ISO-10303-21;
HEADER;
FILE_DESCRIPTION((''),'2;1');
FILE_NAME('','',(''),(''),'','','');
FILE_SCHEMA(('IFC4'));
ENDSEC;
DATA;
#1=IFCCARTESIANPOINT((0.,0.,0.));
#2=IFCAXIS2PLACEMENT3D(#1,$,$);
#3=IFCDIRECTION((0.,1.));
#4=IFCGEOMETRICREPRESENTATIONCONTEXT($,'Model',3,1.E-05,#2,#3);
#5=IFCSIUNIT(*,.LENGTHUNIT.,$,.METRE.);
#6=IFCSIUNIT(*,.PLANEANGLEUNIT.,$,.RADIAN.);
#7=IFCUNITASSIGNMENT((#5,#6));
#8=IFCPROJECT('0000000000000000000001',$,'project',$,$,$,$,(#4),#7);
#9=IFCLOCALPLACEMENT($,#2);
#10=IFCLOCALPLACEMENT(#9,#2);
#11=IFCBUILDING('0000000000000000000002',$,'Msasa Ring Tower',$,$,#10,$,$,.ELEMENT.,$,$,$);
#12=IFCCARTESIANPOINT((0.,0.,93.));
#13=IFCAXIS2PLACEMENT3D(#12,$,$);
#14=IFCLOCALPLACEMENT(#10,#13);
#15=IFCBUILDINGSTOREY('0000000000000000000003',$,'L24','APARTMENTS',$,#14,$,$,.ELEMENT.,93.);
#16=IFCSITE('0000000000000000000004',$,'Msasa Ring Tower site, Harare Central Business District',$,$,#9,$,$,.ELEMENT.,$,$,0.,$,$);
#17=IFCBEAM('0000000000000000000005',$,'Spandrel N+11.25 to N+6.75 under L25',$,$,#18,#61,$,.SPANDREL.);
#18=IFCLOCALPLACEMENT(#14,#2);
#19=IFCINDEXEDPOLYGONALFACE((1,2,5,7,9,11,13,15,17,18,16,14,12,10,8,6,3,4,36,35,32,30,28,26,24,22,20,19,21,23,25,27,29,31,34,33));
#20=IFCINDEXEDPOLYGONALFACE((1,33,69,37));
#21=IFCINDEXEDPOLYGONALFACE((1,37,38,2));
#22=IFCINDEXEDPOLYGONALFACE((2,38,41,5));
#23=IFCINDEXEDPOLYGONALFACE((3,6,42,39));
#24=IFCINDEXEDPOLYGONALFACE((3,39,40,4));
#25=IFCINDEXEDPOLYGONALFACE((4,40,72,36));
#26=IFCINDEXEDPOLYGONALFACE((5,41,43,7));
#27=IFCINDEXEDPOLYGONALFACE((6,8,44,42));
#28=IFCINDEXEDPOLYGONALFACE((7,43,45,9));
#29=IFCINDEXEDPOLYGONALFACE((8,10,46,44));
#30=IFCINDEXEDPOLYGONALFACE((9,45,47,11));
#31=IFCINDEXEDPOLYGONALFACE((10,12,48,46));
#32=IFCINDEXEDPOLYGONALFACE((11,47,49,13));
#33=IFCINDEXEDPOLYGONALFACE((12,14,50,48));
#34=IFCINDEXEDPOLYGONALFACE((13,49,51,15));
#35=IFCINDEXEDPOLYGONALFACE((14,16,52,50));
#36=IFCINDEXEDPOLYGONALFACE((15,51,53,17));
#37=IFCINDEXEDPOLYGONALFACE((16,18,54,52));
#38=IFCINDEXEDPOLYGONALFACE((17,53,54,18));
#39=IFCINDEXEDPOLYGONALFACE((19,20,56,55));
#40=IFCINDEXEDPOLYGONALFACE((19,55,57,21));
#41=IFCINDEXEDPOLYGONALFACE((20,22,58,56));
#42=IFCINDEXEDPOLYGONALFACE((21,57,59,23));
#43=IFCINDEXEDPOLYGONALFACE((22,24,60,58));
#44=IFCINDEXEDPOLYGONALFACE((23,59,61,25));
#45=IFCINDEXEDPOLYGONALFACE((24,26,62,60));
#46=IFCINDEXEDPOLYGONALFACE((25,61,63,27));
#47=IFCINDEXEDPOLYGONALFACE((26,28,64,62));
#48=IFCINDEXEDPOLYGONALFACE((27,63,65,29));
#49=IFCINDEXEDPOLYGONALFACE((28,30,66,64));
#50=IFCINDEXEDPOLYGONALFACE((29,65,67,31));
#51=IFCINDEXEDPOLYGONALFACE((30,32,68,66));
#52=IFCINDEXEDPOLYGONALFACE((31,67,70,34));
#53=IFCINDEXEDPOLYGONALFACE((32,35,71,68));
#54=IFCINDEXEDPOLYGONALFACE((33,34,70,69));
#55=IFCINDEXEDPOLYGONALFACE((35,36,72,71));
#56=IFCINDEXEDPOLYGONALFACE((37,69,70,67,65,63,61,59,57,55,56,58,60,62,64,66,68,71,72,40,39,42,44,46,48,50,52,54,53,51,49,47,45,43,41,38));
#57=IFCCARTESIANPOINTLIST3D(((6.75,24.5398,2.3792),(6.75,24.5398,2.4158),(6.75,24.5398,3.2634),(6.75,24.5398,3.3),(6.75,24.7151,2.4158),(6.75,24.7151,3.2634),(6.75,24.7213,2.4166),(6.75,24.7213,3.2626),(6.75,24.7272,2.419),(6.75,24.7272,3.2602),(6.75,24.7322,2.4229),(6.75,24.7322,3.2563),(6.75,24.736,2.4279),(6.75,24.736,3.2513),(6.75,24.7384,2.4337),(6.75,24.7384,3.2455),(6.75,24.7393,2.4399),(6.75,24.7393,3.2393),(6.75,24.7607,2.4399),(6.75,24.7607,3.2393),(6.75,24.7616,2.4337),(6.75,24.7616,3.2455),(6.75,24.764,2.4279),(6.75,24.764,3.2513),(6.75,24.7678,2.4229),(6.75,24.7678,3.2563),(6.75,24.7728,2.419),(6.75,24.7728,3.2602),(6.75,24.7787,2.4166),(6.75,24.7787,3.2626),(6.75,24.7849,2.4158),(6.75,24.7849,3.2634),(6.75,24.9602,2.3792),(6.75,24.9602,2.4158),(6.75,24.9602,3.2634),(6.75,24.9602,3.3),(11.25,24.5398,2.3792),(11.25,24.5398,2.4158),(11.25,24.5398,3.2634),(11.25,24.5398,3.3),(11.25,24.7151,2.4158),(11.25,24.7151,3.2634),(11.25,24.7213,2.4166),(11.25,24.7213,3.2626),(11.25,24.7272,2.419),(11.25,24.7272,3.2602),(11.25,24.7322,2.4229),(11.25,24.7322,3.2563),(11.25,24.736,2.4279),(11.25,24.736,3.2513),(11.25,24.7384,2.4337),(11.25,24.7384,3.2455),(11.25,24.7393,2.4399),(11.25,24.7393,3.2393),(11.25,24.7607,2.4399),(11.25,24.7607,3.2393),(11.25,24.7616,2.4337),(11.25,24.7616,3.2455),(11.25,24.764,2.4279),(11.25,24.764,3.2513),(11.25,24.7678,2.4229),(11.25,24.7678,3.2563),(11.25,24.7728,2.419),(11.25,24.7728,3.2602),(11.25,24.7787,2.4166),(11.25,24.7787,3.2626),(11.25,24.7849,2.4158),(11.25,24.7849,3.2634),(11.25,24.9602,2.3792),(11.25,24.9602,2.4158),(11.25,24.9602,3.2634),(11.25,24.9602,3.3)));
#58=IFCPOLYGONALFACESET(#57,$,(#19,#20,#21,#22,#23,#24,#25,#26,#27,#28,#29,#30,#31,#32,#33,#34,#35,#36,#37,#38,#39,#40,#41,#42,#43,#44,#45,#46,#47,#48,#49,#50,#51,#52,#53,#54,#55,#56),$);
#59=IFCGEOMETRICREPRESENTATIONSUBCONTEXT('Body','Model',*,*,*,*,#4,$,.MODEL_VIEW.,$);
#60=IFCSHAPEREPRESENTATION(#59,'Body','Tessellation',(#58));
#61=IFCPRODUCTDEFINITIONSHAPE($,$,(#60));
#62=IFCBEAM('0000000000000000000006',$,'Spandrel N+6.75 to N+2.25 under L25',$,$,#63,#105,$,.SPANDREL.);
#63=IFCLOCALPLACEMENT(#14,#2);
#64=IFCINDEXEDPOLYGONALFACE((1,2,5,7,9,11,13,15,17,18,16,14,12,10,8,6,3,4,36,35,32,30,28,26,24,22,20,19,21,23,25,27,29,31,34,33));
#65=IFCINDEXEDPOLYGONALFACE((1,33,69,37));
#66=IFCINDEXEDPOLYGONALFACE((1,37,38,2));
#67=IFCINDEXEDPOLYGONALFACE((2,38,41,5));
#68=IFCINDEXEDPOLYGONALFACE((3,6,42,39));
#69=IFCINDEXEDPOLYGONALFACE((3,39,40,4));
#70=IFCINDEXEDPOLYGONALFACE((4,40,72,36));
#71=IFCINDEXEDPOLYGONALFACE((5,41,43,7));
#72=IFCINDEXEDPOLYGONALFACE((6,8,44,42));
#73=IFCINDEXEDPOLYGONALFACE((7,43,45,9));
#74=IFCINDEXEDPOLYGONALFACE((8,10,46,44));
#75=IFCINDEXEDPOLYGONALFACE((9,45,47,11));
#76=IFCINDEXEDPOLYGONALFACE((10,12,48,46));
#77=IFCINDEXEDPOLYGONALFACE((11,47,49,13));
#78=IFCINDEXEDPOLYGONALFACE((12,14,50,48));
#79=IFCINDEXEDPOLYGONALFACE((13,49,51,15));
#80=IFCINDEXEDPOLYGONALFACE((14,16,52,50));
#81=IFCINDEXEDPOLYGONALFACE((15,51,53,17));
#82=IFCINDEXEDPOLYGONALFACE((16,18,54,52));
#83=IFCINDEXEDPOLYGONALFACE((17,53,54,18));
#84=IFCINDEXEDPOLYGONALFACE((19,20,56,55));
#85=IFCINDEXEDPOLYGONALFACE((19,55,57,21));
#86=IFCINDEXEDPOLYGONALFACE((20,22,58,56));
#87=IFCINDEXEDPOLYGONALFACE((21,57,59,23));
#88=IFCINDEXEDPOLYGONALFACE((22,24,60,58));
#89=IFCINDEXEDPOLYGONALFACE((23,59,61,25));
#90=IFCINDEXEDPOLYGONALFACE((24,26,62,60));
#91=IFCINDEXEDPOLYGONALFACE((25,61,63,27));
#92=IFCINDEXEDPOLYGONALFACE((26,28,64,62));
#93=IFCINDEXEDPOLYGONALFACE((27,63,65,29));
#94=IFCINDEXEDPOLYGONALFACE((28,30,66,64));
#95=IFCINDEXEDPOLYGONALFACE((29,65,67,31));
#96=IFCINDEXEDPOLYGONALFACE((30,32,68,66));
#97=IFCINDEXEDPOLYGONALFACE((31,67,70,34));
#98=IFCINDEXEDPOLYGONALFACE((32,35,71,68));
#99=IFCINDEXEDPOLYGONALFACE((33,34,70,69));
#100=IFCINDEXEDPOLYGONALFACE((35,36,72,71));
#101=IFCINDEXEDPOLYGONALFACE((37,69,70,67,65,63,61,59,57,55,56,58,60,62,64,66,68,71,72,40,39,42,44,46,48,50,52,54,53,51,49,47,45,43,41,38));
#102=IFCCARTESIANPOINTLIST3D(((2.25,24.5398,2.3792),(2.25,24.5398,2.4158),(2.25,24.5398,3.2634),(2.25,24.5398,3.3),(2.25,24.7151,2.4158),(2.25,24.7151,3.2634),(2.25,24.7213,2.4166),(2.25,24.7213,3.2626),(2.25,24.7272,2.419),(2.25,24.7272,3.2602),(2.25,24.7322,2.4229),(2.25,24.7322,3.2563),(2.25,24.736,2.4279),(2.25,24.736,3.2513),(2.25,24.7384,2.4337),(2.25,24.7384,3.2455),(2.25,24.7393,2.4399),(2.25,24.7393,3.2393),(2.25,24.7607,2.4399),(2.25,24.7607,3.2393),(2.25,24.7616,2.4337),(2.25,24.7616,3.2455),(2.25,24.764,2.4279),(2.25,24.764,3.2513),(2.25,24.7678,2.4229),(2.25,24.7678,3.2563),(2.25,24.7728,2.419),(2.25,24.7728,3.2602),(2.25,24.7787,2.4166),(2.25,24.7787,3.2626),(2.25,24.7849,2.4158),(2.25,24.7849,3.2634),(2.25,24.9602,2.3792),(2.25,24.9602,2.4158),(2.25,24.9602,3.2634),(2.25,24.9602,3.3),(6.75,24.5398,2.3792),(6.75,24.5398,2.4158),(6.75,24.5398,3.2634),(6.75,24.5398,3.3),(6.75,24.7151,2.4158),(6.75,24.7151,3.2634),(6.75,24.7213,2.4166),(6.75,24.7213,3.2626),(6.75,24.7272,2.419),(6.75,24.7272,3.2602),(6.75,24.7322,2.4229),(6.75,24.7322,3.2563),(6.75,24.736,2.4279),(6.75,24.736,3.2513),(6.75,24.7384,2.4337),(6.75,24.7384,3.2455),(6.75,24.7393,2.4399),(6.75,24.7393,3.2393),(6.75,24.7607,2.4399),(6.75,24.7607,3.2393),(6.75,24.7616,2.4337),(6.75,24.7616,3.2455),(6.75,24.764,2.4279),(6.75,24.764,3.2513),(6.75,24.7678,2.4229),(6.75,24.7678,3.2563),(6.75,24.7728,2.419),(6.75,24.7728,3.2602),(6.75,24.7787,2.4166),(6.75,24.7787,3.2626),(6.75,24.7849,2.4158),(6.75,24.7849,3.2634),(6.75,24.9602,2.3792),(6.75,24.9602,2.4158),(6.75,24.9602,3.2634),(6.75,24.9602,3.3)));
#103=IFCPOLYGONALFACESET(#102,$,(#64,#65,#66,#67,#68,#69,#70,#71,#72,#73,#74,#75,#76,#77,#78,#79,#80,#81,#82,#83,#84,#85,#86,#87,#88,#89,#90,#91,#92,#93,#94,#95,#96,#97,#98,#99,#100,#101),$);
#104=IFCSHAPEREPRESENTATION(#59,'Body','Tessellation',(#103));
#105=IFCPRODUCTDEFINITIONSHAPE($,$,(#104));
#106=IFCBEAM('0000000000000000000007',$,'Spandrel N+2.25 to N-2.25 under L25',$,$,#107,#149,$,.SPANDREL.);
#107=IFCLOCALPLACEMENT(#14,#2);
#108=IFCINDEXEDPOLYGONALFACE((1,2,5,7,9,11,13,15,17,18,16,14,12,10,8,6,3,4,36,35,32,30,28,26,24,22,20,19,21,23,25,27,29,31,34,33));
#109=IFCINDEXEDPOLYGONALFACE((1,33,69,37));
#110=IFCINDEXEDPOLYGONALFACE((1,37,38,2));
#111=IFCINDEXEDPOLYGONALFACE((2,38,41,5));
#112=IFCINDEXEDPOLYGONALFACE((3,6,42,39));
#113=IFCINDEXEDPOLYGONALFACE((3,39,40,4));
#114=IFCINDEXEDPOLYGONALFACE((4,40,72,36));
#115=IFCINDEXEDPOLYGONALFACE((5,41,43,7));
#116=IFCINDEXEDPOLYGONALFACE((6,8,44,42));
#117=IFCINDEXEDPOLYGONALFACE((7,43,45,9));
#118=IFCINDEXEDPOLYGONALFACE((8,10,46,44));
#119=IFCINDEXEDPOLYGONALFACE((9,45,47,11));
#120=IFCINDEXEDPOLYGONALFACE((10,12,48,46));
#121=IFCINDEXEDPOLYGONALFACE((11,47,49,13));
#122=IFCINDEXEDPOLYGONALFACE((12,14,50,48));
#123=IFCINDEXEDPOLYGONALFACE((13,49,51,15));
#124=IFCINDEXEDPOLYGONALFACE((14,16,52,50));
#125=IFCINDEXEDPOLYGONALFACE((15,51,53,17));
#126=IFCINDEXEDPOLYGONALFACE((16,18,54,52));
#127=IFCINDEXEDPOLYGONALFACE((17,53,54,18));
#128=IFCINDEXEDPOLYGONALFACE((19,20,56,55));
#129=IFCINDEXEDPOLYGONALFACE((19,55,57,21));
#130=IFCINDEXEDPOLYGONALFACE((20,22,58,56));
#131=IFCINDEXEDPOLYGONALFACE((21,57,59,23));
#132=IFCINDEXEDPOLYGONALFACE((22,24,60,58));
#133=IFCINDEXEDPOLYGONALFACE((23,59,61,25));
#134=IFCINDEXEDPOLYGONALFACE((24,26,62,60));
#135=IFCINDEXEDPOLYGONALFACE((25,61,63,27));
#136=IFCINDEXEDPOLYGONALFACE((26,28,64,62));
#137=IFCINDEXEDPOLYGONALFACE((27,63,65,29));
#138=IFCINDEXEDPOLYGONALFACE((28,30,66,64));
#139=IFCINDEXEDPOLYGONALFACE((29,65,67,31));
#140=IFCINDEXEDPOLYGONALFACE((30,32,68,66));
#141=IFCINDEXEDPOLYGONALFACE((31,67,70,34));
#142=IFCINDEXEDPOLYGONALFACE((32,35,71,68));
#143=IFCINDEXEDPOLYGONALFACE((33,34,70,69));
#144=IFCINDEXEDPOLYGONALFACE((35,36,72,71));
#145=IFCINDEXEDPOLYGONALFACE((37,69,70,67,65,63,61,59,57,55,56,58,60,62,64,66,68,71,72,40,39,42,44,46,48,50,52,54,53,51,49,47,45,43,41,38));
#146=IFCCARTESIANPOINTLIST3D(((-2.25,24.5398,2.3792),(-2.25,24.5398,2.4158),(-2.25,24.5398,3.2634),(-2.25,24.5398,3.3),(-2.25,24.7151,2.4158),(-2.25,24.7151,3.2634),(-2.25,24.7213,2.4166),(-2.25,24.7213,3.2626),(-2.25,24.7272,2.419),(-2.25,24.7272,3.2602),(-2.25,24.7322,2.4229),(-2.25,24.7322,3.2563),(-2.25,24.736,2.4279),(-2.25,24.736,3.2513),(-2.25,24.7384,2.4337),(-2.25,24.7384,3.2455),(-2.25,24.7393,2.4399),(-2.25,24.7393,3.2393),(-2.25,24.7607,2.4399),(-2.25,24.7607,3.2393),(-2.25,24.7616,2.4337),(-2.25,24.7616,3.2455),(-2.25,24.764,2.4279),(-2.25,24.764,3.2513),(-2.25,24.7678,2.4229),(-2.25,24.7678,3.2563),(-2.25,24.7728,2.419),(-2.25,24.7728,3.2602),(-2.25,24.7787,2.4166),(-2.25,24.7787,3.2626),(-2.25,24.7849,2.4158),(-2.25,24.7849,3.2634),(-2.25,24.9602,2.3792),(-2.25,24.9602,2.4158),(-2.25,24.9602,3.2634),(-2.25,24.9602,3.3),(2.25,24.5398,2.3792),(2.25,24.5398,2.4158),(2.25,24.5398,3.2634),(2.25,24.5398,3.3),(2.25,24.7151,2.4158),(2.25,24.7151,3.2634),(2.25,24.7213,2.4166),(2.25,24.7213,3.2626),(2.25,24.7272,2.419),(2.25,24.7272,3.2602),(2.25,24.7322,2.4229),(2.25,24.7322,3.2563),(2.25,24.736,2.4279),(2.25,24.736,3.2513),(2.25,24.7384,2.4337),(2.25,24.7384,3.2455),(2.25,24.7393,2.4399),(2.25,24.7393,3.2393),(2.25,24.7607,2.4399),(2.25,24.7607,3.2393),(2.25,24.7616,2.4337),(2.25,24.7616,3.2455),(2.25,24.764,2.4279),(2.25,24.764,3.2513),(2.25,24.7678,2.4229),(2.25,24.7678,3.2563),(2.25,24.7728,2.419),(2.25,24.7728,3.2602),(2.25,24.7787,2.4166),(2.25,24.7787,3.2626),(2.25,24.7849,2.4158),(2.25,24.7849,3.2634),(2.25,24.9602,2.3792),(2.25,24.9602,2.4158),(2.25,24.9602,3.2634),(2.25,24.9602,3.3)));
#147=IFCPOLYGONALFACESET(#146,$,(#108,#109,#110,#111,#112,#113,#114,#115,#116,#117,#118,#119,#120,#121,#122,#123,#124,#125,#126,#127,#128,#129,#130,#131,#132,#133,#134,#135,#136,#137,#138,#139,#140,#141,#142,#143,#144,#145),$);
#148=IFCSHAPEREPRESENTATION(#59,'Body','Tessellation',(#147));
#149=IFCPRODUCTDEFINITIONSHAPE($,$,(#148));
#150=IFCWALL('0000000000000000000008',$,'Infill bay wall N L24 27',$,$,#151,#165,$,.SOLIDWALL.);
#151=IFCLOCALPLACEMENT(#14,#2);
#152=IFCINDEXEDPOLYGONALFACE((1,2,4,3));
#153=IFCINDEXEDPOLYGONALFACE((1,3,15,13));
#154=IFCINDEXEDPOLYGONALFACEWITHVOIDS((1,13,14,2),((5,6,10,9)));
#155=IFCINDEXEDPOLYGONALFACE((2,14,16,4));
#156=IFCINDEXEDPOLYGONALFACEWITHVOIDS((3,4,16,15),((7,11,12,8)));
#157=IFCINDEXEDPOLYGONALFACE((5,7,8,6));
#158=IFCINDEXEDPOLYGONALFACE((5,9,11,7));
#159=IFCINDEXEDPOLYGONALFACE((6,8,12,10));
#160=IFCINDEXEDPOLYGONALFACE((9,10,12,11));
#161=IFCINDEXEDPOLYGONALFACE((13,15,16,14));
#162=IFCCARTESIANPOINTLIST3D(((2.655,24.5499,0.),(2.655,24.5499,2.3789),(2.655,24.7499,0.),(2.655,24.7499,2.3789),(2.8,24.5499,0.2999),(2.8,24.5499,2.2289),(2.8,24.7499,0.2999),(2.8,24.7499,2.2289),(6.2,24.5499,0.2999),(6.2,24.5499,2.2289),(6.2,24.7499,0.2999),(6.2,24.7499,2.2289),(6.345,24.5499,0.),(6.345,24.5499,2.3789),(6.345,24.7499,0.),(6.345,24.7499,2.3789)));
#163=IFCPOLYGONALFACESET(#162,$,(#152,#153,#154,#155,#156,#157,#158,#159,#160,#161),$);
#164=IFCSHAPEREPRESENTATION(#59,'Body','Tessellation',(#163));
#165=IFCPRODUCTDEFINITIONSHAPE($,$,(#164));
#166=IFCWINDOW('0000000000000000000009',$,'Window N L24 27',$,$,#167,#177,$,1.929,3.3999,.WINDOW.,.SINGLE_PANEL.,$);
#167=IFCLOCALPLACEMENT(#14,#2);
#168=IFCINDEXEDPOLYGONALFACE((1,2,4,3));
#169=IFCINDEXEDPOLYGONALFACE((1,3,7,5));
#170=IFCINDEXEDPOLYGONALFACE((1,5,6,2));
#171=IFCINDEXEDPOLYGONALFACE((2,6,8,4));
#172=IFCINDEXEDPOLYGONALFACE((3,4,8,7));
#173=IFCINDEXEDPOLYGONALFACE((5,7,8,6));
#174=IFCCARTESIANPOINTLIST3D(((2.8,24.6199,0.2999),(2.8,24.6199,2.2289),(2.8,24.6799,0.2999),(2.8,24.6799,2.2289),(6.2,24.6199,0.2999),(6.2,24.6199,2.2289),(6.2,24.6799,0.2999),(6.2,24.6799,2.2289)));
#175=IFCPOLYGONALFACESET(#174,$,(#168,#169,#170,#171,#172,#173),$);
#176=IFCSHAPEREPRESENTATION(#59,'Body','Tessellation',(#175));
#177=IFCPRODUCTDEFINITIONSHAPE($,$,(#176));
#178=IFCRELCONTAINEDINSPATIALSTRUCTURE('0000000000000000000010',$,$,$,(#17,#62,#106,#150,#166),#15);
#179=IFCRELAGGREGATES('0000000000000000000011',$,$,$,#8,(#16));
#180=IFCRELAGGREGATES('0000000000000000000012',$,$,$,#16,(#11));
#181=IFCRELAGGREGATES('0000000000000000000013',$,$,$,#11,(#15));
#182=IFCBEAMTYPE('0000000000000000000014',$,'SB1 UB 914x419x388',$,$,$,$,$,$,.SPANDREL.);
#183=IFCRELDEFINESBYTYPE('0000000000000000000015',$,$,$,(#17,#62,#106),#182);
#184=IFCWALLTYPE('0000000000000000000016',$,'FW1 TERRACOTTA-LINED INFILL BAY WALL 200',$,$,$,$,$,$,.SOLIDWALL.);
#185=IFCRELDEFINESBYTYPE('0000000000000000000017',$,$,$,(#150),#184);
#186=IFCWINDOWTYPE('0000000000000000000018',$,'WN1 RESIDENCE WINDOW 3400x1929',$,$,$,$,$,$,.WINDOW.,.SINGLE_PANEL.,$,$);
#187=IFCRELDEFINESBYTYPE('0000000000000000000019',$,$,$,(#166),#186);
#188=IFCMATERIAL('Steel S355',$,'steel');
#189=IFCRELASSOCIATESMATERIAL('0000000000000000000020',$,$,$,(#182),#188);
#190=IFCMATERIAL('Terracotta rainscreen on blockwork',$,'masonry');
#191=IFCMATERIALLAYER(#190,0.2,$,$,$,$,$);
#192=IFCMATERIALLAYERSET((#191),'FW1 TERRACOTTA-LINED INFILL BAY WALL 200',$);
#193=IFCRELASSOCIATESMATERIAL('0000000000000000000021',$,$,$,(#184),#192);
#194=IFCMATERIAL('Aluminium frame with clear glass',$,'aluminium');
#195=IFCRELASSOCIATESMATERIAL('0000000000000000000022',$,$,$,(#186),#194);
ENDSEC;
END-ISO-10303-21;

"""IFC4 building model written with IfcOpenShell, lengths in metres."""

from ifc_helpers import new_model, si_unit, direction, frame, frame_2d, origin, origin_2d, place, context, subcontext, project, spatial, rectangle, i_section, extrude, material, layer, layer_set, material_profile, profile_set, type_object, element, fill, save


model = new_model("IFC4")

# Units and contexts
model_context = context("Model", 3, precision=1e-05, world=origin(), true_north=direction((0.0, 1.0)))
body_context = subcontext(model_context, "Body", "Model", "MODEL_VIEW")
ifc_project = project(units=[si_unit("LENGTHUNIT", "METRE"), si_unit("PLANEANGLEUNIT", "RADIAN")], contexts=[model_context])

# Site, building, storey
site_placement = place(None, origin())
site = spatial("IfcSite", under=ifc_project, at=site_placement, Name="Msasa Ring Tower site, Harare Central Business District", CompositionType="ELEMENT", RefElevation=0.0)
building_placement = place(site_placement, origin())
building = spatial("IfcBuilding", under=site, at=building_placement, Name="Msasa Ring Tower", CompositionType="ELEMENT")
storey_placement = place(building_placement, frame((0.0, 0.0, 93.0)))
storey = spatial("IfcBuildingStorey", under=building, at=storey_placement, Name="L24", Description="APARTMENTS", CompositionType="ELEMENT", Elevation=93.0)

# Beams
ifc_material_1 = material(Name="Steel S355", Category="steel")
ifc_material_profile_1 = material_profile(ifc_material_1, i_section(OverallWidth=0.4204, OverallDepth=0.9209, WebThickness=0.0215, FlangeThickness=0.0366, FilletRadius=0.0242, at=origin_2d()), Name="UB 914x419x388")
ifc_profile_set_1 = profile_set([ifc_material_profile_1], Name="Steel S355")
beam_type_1 = type_object("IfcBeamType", Name="SB1 UB 914x419x388", PredefinedType="SPANDREL", material=ifc_profile_set_1)
for number, where, z_axis, x_axis, name in (
    (1, (11.25, 24.75, 2.8396), (-1.0, 0.0, 0.0), (0.0, -1.0, 0.0), "Spandrel N+11.25 to N+6.75 under L25"),
    (2, (6.75, 24.75, 2.8396), (-1.0, 0.0, 0.0), (0.0, -1.0, 0.0), "Spandrel N+6.75 to N+2.25 under L25"),
    (3, (2.25, 24.75, 2.8396), (-1.0, 0.0, 0.0), (0.0, -1.0, 0.0), "Spandrel N+2.25 to N-2.25 under L25"),
):
    element("IfcBeam", number, at=place(storey_placement, frame(where, z_axis=z_axis, x_axis=x_axis)), inside=storey, type_object=beam_type_1, Name=name, PredefinedType="SPANDREL", context=body_context, shape_type="SweptSolid", body=[
        extrude(i_section(OverallWidth=0.4204, OverallDepth=0.9209, WebThickness=0.0215, FlangeThickness=0.0366, FilletRadius=0.0242, at=origin_2d()), origin(), (0.0, 0.0, 1.0), 4.5),
    ])

# Wall, opening, window
ifc_material_2 = material(Name="Terracotta rainscreen on blockwork", Category="masonry")
ifc_layer_1 = layer(ifc_material_2, 0.2)
ifc_layer_set_1 = layer_set([ifc_layer_1], Name="FW1 TERRACOTTA-LINED INFILL BAY WALL 200")
wall_type_1 = type_object("IfcWallType", Name="FW1 TERRACOTTA-LINED INFILL BAY WALL 200", PredefinedType="SOLIDWALL", material=ifc_layer_set_1)
wall_1_placement = place(storey_placement, frame((2.655, 24.6499, 0.0), z_axis=(0.0, 0.0, 1.0), x_axis=(1.0, 0.0, 0.0)))
wall_1 = element("IfcWall", 4, at=wall_1_placement, inside=storey, type_object=wall_type_1, Name="Infill bay wall N L24 27", PredefinedType="SOLIDWALL", context=body_context, shape_type="SweptSolid", body=[
    extrude(rectangle(XDim=3.6899, YDim=0.2, at=frame_2d((1.845, 0.0))), origin(), (0.0, 0.0, 1.0), 2.3789),
])
opening_1_placement = place(wall_1_placement, frame((0.145, 0.0, 0.3)))
opening_1 = element("IfcOpeningElement", 5, at=opening_1_placement, cuts=wall_1, PredefinedType="OPENING", context=body_context, shape_type="SweptSolid", body=[
    extrude(rectangle(XDim=3.3999, YDim=1.929, at=frame_2d((1.7, 0.9644))), frame((0.0, 0.1099, 0.0), z_axis=(0.0, -1.0, 0.0), x_axis=(1.0, 0.0, 0.0)), (0.0, 0.0, 1.0), 0.22),
])
ifc_material_3 = material(Name="Aluminium frame with clear glass", Category="aluminium")
window_type = type_object("IfcWindowType", Name="WN1 RESIDENCE WINDOW 3400x1929", PartitioningType="SINGLE_PANEL", PredefinedType="WINDOW", material=ifc_material_3)
window_1_placement = place(opening_1_placement, origin())
window_1 = element("IfcWindow", 6, at=window_1_placement, inside=storey, type_object=window_type, Name="Window N L24 27", OverallHeight=1.929, OverallWidth=3.3999, PartitioningType="SINGLE_PANEL", PredefinedType="WINDOW", context=body_context, shape_type="SweptSolid", body=[
    extrude(rectangle(XDim=3.3999, YDim=1.929, at=frame_2d((1.7, 0.9644))), frame((0.0, 0.03, 0.0), z_axis=(0.0, -1.0, 0.0), x_axis=(1.0, 0.0, 0.0)), (0.0, 0.0, 1.0), 0.0601),
])
fill(opening_1, window_1)

save(model, "model.ifc")
